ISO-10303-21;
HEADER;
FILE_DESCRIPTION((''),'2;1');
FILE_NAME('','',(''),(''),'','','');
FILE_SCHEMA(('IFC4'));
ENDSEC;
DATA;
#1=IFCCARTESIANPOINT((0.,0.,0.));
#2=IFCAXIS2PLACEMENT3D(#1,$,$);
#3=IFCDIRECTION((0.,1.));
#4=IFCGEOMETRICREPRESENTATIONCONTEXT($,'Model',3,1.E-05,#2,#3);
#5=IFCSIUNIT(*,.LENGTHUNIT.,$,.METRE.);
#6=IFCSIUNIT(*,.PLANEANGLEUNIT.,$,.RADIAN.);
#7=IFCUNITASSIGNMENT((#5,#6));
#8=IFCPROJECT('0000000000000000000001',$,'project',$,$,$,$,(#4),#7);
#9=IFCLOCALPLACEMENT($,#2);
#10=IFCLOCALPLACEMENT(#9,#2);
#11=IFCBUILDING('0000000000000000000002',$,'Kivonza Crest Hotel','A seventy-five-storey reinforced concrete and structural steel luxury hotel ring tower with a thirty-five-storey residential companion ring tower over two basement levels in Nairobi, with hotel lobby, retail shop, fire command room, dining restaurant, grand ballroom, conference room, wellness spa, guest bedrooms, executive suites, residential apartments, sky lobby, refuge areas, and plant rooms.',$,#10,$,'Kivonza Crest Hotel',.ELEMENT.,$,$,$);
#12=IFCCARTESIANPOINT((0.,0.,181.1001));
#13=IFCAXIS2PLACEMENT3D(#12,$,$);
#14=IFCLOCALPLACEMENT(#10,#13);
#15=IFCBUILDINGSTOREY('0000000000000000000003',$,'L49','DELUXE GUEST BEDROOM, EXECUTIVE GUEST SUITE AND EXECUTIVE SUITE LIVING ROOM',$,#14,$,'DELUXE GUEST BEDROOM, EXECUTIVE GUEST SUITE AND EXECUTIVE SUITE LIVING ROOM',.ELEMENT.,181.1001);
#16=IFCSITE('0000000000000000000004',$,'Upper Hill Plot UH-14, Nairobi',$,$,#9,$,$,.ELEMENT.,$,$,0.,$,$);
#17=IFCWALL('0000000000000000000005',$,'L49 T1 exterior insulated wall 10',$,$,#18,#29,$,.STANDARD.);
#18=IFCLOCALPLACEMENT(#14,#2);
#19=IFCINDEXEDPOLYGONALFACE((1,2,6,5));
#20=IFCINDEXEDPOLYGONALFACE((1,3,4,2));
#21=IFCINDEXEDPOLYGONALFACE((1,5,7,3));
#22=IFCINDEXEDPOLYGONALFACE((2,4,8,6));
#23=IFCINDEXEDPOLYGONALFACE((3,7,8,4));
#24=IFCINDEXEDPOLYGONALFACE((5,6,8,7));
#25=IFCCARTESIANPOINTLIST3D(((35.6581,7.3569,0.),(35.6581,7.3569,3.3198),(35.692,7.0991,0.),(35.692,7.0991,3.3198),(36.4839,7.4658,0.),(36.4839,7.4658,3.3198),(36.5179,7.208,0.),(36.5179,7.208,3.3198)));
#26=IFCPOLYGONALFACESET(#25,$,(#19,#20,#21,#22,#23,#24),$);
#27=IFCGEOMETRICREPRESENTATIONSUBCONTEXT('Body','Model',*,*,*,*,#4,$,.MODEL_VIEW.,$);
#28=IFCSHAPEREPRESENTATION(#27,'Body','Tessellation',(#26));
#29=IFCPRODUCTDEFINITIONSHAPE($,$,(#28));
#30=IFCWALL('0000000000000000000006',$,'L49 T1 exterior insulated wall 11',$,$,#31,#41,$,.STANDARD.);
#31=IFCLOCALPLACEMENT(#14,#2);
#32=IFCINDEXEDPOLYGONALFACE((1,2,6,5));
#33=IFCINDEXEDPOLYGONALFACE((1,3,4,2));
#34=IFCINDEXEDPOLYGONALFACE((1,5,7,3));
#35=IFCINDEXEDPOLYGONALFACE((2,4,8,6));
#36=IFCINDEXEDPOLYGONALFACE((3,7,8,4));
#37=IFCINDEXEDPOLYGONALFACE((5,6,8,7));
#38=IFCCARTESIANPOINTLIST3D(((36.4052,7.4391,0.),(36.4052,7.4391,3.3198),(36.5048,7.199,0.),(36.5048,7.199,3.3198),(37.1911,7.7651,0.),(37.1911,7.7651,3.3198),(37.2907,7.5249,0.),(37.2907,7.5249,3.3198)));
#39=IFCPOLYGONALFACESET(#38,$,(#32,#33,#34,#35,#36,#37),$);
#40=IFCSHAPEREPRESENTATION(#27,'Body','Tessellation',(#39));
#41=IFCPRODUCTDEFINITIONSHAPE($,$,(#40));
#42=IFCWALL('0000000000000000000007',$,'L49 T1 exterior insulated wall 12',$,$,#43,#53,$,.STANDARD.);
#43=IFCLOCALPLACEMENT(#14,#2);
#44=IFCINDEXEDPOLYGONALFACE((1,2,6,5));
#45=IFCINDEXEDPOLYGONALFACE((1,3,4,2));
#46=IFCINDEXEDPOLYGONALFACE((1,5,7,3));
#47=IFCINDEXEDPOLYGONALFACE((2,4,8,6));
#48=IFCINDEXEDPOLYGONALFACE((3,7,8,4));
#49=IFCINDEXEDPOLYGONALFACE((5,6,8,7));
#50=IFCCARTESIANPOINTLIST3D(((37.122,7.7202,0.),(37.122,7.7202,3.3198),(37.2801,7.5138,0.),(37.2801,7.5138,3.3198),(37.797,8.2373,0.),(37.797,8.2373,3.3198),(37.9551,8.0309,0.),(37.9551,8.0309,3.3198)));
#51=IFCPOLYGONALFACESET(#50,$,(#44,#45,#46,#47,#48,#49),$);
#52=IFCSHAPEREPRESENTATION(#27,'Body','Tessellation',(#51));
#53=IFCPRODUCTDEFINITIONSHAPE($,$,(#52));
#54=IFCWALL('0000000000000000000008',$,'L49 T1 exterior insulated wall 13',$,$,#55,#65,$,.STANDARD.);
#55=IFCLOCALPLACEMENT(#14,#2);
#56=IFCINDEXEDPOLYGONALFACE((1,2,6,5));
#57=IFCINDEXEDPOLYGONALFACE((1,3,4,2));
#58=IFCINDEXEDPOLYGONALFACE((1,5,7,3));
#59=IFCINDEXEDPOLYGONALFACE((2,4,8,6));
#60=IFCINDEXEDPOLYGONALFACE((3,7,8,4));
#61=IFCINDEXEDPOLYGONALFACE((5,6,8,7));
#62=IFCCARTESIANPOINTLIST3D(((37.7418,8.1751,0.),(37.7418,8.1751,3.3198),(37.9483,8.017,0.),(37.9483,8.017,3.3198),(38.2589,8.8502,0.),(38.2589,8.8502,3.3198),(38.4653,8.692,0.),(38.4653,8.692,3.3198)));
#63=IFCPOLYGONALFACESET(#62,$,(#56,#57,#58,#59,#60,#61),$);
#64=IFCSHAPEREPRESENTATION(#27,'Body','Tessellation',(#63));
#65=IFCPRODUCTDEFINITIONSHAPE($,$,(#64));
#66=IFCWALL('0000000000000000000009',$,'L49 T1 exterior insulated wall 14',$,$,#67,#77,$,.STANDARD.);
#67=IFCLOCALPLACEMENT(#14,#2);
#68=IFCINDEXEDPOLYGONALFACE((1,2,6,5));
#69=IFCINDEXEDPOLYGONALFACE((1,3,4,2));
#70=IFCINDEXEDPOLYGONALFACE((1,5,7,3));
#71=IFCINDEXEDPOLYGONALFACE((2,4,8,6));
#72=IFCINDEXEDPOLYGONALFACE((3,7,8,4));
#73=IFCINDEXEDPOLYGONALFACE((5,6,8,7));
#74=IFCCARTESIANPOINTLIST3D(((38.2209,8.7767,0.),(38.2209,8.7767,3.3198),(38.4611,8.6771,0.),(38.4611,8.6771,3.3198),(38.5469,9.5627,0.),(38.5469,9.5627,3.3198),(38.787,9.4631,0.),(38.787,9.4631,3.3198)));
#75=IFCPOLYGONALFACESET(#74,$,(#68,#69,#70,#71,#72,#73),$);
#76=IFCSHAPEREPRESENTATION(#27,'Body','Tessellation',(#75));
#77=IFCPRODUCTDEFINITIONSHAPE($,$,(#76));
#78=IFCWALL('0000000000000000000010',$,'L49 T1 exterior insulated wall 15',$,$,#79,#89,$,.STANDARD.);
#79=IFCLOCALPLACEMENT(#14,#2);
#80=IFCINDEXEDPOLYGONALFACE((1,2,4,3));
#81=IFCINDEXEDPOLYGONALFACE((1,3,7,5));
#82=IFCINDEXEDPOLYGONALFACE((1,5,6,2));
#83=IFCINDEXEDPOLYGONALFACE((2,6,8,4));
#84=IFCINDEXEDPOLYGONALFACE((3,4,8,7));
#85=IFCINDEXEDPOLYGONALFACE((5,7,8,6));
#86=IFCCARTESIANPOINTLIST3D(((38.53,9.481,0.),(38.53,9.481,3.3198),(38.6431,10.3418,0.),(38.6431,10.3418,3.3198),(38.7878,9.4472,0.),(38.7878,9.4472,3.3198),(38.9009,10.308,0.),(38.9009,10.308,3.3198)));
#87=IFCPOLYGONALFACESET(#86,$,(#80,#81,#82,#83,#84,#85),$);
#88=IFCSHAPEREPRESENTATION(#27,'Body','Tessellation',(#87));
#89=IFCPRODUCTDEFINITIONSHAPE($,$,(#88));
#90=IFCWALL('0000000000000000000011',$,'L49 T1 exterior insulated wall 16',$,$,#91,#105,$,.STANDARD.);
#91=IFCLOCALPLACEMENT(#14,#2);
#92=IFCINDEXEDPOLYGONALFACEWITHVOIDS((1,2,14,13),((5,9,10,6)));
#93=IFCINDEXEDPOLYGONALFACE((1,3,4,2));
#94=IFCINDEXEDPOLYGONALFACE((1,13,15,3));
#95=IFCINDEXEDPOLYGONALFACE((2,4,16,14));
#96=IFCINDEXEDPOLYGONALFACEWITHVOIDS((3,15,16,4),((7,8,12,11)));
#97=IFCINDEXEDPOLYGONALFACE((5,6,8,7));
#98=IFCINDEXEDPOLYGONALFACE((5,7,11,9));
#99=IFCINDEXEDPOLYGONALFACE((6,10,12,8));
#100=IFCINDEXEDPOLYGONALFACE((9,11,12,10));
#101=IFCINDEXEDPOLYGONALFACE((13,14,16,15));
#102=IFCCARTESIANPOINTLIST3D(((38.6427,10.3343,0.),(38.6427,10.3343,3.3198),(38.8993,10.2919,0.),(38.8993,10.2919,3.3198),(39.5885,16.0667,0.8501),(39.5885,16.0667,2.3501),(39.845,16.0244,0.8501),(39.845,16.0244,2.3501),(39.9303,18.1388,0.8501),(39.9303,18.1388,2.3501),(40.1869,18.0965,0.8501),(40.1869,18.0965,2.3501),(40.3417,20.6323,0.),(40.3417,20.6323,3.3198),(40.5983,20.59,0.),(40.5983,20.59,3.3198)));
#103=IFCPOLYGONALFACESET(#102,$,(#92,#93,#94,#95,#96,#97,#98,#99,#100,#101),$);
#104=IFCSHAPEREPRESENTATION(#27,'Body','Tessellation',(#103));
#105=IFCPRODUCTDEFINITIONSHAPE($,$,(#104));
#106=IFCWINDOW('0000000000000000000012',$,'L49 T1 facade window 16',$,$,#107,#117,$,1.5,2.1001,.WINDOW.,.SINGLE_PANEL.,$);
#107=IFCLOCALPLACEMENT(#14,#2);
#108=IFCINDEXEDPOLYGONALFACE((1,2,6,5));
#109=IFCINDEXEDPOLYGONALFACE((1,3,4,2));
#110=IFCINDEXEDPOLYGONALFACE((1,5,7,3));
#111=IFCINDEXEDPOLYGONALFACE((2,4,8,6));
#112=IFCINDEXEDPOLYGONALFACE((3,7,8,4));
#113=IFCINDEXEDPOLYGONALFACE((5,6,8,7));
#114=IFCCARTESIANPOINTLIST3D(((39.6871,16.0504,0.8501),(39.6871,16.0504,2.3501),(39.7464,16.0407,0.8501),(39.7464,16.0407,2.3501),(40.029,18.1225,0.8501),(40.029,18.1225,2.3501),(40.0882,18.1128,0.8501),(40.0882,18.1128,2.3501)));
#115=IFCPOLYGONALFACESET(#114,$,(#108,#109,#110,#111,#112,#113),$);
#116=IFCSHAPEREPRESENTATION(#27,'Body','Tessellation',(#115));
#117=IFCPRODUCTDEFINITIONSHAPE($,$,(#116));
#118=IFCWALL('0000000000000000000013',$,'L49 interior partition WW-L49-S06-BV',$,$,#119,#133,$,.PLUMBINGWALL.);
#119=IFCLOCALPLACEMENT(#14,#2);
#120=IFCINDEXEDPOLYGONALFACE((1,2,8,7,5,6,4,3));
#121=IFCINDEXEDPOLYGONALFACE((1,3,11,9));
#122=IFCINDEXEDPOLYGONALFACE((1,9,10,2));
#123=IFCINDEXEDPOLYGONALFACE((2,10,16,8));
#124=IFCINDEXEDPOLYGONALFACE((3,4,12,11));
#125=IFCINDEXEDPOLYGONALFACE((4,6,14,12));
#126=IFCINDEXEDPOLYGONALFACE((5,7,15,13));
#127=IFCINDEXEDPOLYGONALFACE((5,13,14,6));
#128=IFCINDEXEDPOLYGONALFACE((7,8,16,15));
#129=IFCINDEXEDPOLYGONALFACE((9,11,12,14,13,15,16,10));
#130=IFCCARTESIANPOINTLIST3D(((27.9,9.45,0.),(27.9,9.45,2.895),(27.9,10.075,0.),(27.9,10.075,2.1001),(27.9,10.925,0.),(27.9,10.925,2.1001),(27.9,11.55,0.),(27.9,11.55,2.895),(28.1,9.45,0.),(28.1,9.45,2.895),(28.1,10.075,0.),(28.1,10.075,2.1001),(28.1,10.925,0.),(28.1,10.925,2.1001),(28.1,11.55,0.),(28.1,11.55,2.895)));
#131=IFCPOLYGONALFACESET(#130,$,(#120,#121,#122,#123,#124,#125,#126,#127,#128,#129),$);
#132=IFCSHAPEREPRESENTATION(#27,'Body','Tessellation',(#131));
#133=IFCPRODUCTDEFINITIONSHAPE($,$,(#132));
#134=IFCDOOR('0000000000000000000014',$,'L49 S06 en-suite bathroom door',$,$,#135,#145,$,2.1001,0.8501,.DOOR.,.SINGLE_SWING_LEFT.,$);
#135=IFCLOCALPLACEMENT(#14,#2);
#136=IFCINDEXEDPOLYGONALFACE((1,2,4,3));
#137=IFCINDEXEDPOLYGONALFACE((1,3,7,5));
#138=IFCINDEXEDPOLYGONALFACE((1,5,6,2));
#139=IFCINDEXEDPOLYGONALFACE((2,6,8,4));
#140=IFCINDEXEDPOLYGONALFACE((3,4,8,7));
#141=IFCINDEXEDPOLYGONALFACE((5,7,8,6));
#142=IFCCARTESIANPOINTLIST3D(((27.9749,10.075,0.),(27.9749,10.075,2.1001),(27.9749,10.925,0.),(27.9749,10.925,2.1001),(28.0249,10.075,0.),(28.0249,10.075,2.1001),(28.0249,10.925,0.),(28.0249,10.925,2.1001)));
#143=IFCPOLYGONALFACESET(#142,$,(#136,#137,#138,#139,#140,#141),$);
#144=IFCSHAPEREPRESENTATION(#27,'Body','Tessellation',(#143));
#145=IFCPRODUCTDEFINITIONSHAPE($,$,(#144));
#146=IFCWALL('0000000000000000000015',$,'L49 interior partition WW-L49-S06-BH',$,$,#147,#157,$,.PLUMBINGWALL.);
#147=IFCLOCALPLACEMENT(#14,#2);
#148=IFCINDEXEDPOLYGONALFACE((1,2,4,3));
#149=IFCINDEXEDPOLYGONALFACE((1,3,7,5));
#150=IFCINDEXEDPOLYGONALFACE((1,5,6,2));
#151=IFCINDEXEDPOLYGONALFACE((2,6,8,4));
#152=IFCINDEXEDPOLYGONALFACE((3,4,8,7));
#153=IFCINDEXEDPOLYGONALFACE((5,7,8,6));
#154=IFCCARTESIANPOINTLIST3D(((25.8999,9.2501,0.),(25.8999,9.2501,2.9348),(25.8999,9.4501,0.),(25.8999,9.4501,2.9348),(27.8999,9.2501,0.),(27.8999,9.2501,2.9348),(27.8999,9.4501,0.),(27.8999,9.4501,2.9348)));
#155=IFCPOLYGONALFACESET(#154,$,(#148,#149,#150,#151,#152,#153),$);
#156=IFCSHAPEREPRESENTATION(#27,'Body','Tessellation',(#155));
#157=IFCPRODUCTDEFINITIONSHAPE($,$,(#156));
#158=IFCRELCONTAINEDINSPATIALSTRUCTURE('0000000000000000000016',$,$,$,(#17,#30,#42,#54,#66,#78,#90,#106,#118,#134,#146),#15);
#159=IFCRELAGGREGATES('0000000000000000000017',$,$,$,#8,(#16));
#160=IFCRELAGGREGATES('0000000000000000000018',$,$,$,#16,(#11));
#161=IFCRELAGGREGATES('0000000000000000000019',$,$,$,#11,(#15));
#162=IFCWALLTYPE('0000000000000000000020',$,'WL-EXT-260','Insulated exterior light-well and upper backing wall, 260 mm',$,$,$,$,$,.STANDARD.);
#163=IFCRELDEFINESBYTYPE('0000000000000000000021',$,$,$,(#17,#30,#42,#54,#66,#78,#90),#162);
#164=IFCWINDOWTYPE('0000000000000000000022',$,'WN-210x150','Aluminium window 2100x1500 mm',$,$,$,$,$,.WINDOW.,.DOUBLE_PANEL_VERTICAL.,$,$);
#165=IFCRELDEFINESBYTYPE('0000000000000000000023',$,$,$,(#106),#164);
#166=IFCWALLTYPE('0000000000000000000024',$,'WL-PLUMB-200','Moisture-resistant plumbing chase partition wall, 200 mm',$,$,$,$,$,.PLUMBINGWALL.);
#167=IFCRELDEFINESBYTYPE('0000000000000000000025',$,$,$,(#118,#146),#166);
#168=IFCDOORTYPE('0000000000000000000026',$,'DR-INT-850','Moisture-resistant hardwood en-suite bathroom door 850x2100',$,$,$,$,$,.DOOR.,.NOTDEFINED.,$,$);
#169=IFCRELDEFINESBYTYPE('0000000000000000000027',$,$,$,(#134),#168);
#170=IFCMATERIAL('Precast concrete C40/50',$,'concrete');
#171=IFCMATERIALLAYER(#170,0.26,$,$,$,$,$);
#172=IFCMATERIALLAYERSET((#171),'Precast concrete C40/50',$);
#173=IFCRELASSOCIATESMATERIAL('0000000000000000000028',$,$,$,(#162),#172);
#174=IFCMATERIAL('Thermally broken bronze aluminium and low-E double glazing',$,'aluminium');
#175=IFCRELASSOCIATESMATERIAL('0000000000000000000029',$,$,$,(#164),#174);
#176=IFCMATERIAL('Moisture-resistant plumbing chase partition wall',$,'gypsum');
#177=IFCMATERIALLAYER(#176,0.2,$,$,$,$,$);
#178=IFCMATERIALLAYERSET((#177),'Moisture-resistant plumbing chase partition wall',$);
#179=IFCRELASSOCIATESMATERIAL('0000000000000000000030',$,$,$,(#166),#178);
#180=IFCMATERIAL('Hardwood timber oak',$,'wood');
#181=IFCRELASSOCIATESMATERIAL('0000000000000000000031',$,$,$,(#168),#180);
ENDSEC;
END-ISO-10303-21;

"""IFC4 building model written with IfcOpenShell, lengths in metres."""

from ifc_helpers import new_model, si_unit, direction, frame, frame_2d, origin, place, context, subcontext, project, spatial, rectangle, extrude, material, layer, layer_set, type_object, element, fill, save


model = new_model("IFC4")

# Units and contexts
model_context = context("Model", 3, precision=1e-05, world=origin(), true_north=direction((0.0, 1.0)))
body_context = subcontext(model_context, "Body", "Model", "MODEL_VIEW")
ifc_project = project(units=[si_unit("LENGTHUNIT", "METRE"), si_unit("PLANEANGLEUNIT", "RADIAN")], contexts=[model_context])

# Site, building, storey
site_placement = place(None, origin())
site = spatial("IfcSite", under=ifc_project, at=site_placement, Name="Upper Hill Plot UH-14, Nairobi", CompositionType="ELEMENT", RefElevation=0.0)
building_placement = place(site_placement, origin())
building = spatial("IfcBuilding", under=site, at=building_placement, Name="Kivonza Crest Hotel", Description="A seventy-five-storey reinforced concrete and structural steel luxury hotel ring tower with a thirty-five-storey residential companion ring tower over two basement levels in Nairobi, with hotel lobby, retail shop, fire command room, dining restaurant, grand ballroom, conference room, wellness spa, guest bedrooms, executive suites, residential apartments, sky lobby, refuge areas, and plant rooms.", LongName="Kivonza Crest Hotel", CompositionType="ELEMENT")
storey_placement = place(building_placement, frame((0.0, 0.0, 181.1001)))
storey = spatial("IfcBuildingStorey", under=building, at=storey_placement, Name="L49", Description="DELUXE GUEST BEDROOM, EXECUTIVE GUEST SUITE AND EXECUTIVE SUITE LIVING ROOM", LongName="DELUXE GUEST BEDROOM, EXECUTIVE GUEST SUITE AND EXECUTIVE SUITE LIVING ROOM", CompositionType="ELEMENT", Elevation=181.1001)

# Shared definitions
ifc_material_1 = material(Name="Precast concrete C40/50", Category="concrete")
ifc_layer_1 = layer(ifc_material_1, 0.26)
ifc_layer_set_1 = layer_set([ifc_layer_1], Name="Precast concrete C40/50")
wall_type_1 = type_object("IfcWallType", Name="WL-EXT-260", Description="Insulated exterior light-well and upper backing wall, 260 mm", PredefinedType="STANDARD", material=ifc_layer_set_1)
ifc_material_2 = material(Name="Thermally broken bronze aluminium and low-E double glazing", Category="aluminium")
window_type = type_object("IfcWindowType", Name="WN-210x150", Description="Aluminium window 2100x1500 mm", PartitioningType="DOUBLE_PANEL_VERTICAL", PredefinedType="WINDOW", material=ifc_material_2)

# Walls
wall_1_placement = place(storey_placement, frame((35.675, 7.228, 0.0), z_axis=(0.0, 0.0, 1.0), x_axis=(0.991421, 0.130705, 0.0)))
element("IfcWall", 1, at=wall_1_placement, inside=storey, type_object=wall_type_1, Name="L49 T1 exterior insulated wall 10", PredefinedType="STANDARD", context=body_context, shape_type="SweptSolid", body=[
    extrude(rectangle(XDim=0.833, YDim=0.26, at=frame_2d((0.4165, 0.0))), origin(), (0.0, 0.0, 1.0), 3.3198),
])
wall_2_placement = place(storey_placement, frame((36.4551, 7.3191, 0.0), z_axis=(0.0, 0.0, 1.0), x_axis=(0.923712, 0.383087, 0.0)))
element("IfcWall", 2, at=wall_2_placement, inside=storey, type_object=wall_type_1, Name="L49 T1 exterior insulated wall 11", PredefinedType="STANDARD", context=body_context, shape_type="SweptSolid", body=[
    extrude(rectangle(XDim=0.8508, YDim=0.26, at=frame_2d((0.4253, 0.0))), origin(), (0.0, 0.0, 1.0), 3.3198),
])
for number, where, z_axis, x_axis, name in (
    (3, (37.2009, 7.6169, 0.0), (0.0, 0.0, 1.0), (0.79386, 0.6081, 0.0), "L49 T1 exterior insulated wall 12"),
    (4, (37.845, 8.0959, 0.0), (0.0, 0.0, 1.0), (0.6081, 0.79386, 0.0), "L49 T1 exterior insulated wall 13"),
):
    element("IfcWall", number, at=place(storey_placement, frame(where, z_axis=z_axis, x_axis=x_axis)), inside=storey, type_object=wall_type_1, Name=name, PredefinedType="STANDARD", context=body_context, shape_type="SweptSolid", body=[
        extrude(rectangle(XDim=0.8503, YDim=0.26, at=frame_2d((0.4253, 0.0))), origin(), (0.0, 0.0, 1.0), 3.3198),
    ])
wall_3_placement = place(storey_placement, frame((38.3411, 8.7271, 0.0), z_axis=(0.0, 0.0, 1.0), x_axis=(0.383087, 0.923712, 0.0)))
element("IfcWall", 5, at=wall_3_placement, inside=storey, type_object=wall_type_1, Name="L49 T1 exterior insulated wall 14", PredefinedType="STANDARD", context=body_context, shape_type="SweptSolid", body=[
    extrude(rectangle(XDim=0.8508, YDim=0.26, at=frame_2d((0.4253, 0.0))), origin(), (0.0, 0.0, 1.0), 3.3198),
])
wall_4_placement = place(storey_placement, frame((38.6589, 9.4641, 0.0), z_axis=(0.0, 0.0, 1.0), x_axis=(0.130193, 0.991489, 0.0)))
element("IfcWall", 6, at=wall_4_placement, inside=storey, type_object=wall_type_1, Name="L49 T1 exterior insulated wall 15", PredefinedType="STANDARD", context=body_context, shape_type="SweptSolid", body=[
    extrude(rectangle(XDim=0.8682, YDim=0.26, at=frame_2d((0.4341, 0.0))), origin(), (0.0, 0.0, 1.0), 3.3198),
])

# Wall, opening, window
wall_5_placement = place(storey_placement, frame((38.771, 10.313, 0.0), z_axis=(0.0, 0.0, 1.0), x_axis=(0.162779, 0.986663, 0.0)))
wall_5 = element("IfcWall", 7, at=wall_5_placement, inside=storey, type_object=wall_type_1, Name="L49 T1 exterior insulated wall 16", PredefinedType="STANDARD", context=body_context, shape_type="SweptSolid", body=[
    extrude(rectangle(XDim=10.4373, YDim=0.26, at=frame_2d((5.2188, 0.0))), origin(), (0.0, 0.0, 1.0), 3.3198),
])
opening_1_placement = place(wall_5_placement, frame((5.8101, 0.0, 0.8501)))
opening_1 = element("IfcOpeningElement", 8, at=opening_1_placement, cuts=wall_5, PredefinedType="OPENING", context=body_context, shape_type="SweptSolid", body=[
    extrude(rectangle(XDim=2.1001, YDim=1.5, at=frame_2d((1.05, 0.75))), frame((0.0, 0.1401, 0.0), z_axis=(0.0, -1.0, 0.0), x_axis=(1.0, 0.0, 0.0)), (0.0, 0.0, 1.0), 0.28),
])
window_1_placement = place(opening_1_placement, origin())
window_1 = element("IfcWindow", 9, at=window_1_placement, inside=storey, type_object=window_type, Name="L49 T1 facade window 16", OverallHeight=1.5, OverallWidth=2.1001, PartitioningType="SINGLE_PANEL", PredefinedType="WINDOW", context=body_context, shape_type="SweptSolid", body=[
    extrude(rectangle(XDim=2.1001, YDim=1.5, at=frame_2d((1.05, 0.75))), frame((0.0, 0.03, 0.0), z_axis=(0.0, -1.0, 0.0), x_axis=(1.0, 0.0, 0.0)), (0.0, 0.0, 1.0), 0.0601),
])
fill(opening_1, window_1)

# Wall, opening, door
ifc_material_3 = material(Name="Moisture-resistant plumbing chase partition wall", Category="gypsum")
ifc_layer_2 = layer(ifc_material_3, 0.2)
ifc_layer_set_2 = layer_set([ifc_layer_2], Name="Moisture-resistant plumbing chase partition wall")
wall_type_2 = type_object("IfcWallType", Name="WL-PLUMB-200", Description="Moisture-resistant plumbing chase partition wall, 200 mm", PredefinedType="PLUMBINGWALL", material=ifc_layer_set_2)
wall_6_placement = place(storey_placement, frame((28.0, 9.45, 0.0), z_axis=(0.0, 0.0, 1.0), x_axis=(0.0, 1.0, 0.0)))
wall_6 = element("IfcWall", 10, at=wall_6_placement, inside=storey, type_object=wall_type_2, Name="L49 interior partition WW-L49-S06-BV", PredefinedType="PLUMBINGWALL", context=body_context, shape_type="SweptSolid", body=[
    extrude(rectangle(XDim=2.1001, YDim=0.2, at=frame_2d((1.05, 0.0))), origin(), (0.0, 0.0, 1.0), 2.895),
])
opening_2_placement = place(wall_6_placement, frame((0.625, 0.0, 0.0)))
opening_2 = element("IfcOpeningElement", 11, at=opening_2_placement, cuts=wall_6, PredefinedType="OPENING", context=body_context, shape_type="SweptSolid", body=[
    extrude(rectangle(XDim=0.8501, YDim=2.1001, at=frame_2d((0.425, 1.05))), frame((0.0, 0.1099, 0.0), z_axis=(0.0, -1.0, 0.0), x_axis=(1.0, 0.0, 0.0)), (0.0, 0.0, 1.0), 0.22),
])
ifc_material_4 = material(Name="Hardwood timber oak", Category="wood")
door_type = type_object("IfcDoorType", Name="DR-INT-850", Description="Moisture-resistant hardwood en-suite bathroom door 850x2100", OperationType="NOTDEFINED", PredefinedType="DOOR", material=ifc_material_4)
door_placement = place(opening_2_placement, frame((0.8501, 0.0, 0.0), z_axis=(0.0, 0.0, 1.0), x_axis=(-1.0, 0.0, 0.0)))
door = element("IfcDoor", 12, at=door_placement, inside=storey, type_object=door_type, Name="L49 S06 en-suite bathroom door", OperationType="SINGLE_SWING_LEFT", OverallHeight=2.1001, OverallWidth=0.8501, PredefinedType="DOOR", context=body_context, shape_type="SweptSolid", body=[
    extrude(rectangle(XDim=0.8501, YDim=2.1001, at=frame_2d((0.425, 1.05))), frame((0.0, 0.0249, 0.0), z_axis=(0.0, -1.0, 0.0), x_axis=(1.0, 0.0, 0.0)), (0.0, 0.0, 1.0), 0.05),
])
fill(opening_2, door)

# Wall
wall_7_placement = place(storey_placement, frame((25.8999, 9.3501, 0.0), z_axis=(0.0, 0.0, 1.0), x_axis=(1.0, 0.0, 0.0)))
element("IfcWall", 13, at=wall_7_placement, inside=storey, type_object=wall_type_2, Name="L49 interior partition WW-L49-S06-BH", PredefinedType="PLUMBINGWALL", context=body_context, shape_type="SweptSolid", body=[
    extrude(rectangle(XDim=2.0, YDim=0.2, at=frame_2d((1.0, 0.0))), origin(), (0.0, 0.0, 1.0), 2.9348),
])

save(model, "model.ifc")
